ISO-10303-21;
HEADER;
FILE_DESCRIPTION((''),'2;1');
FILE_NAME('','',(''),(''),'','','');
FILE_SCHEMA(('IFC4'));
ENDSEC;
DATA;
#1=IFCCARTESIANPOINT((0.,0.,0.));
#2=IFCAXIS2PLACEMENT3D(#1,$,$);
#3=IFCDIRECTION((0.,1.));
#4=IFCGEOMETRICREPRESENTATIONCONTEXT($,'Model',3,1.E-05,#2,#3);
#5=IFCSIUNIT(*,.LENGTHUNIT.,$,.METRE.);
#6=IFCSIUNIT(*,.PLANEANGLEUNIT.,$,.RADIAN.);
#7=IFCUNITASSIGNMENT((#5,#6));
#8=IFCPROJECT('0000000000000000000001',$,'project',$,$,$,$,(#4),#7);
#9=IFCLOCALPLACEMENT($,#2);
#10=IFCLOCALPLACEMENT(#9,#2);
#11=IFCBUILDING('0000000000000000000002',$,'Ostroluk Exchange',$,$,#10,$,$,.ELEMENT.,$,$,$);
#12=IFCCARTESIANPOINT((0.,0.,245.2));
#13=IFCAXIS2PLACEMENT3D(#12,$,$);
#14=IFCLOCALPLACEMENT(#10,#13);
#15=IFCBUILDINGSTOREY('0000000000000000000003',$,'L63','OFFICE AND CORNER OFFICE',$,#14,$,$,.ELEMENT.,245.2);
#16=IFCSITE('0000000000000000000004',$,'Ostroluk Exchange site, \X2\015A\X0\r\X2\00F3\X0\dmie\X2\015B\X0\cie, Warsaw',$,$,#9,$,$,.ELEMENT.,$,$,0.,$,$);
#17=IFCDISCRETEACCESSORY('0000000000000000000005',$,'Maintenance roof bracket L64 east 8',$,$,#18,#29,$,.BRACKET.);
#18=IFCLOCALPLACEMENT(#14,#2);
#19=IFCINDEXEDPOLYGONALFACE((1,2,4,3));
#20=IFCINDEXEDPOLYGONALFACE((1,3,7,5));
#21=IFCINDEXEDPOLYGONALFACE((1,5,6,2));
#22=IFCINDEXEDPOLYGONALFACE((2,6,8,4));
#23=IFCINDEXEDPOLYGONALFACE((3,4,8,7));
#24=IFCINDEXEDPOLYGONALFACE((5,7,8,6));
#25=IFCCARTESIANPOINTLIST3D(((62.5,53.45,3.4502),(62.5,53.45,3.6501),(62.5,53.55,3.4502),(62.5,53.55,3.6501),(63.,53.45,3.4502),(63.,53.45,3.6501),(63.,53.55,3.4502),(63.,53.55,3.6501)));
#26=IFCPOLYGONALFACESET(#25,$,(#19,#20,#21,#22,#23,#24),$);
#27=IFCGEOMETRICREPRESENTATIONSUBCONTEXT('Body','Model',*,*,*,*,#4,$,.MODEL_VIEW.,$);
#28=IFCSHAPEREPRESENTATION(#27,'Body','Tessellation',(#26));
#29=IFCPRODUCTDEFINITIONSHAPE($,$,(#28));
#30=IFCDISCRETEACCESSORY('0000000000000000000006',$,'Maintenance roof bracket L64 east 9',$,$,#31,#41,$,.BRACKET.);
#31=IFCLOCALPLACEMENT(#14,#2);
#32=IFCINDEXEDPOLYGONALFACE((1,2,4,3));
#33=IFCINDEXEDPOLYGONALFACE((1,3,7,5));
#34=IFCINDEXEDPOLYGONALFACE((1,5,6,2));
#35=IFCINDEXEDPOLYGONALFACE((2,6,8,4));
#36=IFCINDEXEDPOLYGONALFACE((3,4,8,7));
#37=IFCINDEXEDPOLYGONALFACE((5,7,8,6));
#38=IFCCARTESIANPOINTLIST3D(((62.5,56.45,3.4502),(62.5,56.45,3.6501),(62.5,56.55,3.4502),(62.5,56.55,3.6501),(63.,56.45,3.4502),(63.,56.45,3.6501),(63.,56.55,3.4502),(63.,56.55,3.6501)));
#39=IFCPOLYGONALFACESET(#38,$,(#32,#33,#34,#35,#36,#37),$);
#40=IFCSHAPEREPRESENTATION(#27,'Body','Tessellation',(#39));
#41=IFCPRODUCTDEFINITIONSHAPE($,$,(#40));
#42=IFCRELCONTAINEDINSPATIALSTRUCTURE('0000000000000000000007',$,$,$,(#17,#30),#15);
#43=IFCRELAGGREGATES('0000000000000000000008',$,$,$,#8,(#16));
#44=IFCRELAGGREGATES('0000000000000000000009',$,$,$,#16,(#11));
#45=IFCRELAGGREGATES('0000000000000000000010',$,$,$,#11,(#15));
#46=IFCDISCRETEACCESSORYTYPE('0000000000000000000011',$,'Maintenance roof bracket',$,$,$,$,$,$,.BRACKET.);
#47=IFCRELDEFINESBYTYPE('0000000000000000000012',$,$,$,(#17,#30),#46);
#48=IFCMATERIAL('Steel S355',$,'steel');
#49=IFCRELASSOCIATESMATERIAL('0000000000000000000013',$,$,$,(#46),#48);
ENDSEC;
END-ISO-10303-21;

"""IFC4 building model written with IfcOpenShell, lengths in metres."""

from ifc_helpers import new_model, si_unit, direction, frame, origin, origin_2d, place, context, subcontext, project, spatial, rectangle, extrude, material, type_object, element, save


model = new_model("IFC4")

# Units and contexts
model_context = context("Model", 3, precision=1e-05, world=origin(), true_north=direction((0.0, 1.0)))
body_context = subcontext(model_context, "Body", "Model", "MODEL_VIEW")
ifc_project = project(units=[si_unit("LENGTHUNIT", "METRE"), si_unit("PLANEANGLEUNIT", "RADIAN")], contexts=[model_context])

# Site, building, storey
site_placement = place(None, origin())
site = spatial("IfcSite", under=ifc_project, at=site_placement, Name="Ostroluk Exchange site, Śródmieście, Warsaw", CompositionType="ELEMENT", RefElevation=0.0)
building_placement = place(site_placement, origin())
building = spatial("IfcBuilding", under=site, at=building_placement, Name="Ostroluk Exchange", CompositionType="ELEMENT")
storey_placement = place(building_placement, frame((0.0, 0.0, 245.2)))
storey = spatial("IfcBuildingStorey", under=building, at=storey_placement, Name="L63", Description="OFFICE AND CORNER OFFICE", CompositionType="ELEMENT", Elevation=245.2)

# Discrete accessories
ifc_material_1 = material(Name="Steel S355", Category="steel")
discrete_accessory_type = type_object("IfcDiscreteAccessoryType", Name="Maintenance roof bracket", PredefinedType="BRACKET", material=ifc_material_1)
for number, where, z_axis, x_axis, name in (
    (1, (62.75, 53.5, 3.4502), (0.0, 0.0, 1.0), (1.0, 0.0, 0.0), "Maintenance roof bracket L64 east 8"),
    (2, (62.75, 56.5, 3.4502), (0.0, 0.0, 1.0), (1.0, 0.0, 0.0), "Maintenance roof bracket L64 east 9"),
):
    element("IfcDiscreteAccessory", number, at=place(storey_placement, frame(where, z_axis=z_axis, x_axis=x_axis)), inside=storey, type_object=discrete_accessory_type, Name=name, PredefinedType="BRACKET", context=body_context, shape_type="SweptSolid", body=[
        extrude(rectangle(XDim=0.5, YDim=0.1001, at=origin_2d()), origin(), (0.0, 0.0, 1.0), 0.2),
    ])

save(model, "model.ifc")
